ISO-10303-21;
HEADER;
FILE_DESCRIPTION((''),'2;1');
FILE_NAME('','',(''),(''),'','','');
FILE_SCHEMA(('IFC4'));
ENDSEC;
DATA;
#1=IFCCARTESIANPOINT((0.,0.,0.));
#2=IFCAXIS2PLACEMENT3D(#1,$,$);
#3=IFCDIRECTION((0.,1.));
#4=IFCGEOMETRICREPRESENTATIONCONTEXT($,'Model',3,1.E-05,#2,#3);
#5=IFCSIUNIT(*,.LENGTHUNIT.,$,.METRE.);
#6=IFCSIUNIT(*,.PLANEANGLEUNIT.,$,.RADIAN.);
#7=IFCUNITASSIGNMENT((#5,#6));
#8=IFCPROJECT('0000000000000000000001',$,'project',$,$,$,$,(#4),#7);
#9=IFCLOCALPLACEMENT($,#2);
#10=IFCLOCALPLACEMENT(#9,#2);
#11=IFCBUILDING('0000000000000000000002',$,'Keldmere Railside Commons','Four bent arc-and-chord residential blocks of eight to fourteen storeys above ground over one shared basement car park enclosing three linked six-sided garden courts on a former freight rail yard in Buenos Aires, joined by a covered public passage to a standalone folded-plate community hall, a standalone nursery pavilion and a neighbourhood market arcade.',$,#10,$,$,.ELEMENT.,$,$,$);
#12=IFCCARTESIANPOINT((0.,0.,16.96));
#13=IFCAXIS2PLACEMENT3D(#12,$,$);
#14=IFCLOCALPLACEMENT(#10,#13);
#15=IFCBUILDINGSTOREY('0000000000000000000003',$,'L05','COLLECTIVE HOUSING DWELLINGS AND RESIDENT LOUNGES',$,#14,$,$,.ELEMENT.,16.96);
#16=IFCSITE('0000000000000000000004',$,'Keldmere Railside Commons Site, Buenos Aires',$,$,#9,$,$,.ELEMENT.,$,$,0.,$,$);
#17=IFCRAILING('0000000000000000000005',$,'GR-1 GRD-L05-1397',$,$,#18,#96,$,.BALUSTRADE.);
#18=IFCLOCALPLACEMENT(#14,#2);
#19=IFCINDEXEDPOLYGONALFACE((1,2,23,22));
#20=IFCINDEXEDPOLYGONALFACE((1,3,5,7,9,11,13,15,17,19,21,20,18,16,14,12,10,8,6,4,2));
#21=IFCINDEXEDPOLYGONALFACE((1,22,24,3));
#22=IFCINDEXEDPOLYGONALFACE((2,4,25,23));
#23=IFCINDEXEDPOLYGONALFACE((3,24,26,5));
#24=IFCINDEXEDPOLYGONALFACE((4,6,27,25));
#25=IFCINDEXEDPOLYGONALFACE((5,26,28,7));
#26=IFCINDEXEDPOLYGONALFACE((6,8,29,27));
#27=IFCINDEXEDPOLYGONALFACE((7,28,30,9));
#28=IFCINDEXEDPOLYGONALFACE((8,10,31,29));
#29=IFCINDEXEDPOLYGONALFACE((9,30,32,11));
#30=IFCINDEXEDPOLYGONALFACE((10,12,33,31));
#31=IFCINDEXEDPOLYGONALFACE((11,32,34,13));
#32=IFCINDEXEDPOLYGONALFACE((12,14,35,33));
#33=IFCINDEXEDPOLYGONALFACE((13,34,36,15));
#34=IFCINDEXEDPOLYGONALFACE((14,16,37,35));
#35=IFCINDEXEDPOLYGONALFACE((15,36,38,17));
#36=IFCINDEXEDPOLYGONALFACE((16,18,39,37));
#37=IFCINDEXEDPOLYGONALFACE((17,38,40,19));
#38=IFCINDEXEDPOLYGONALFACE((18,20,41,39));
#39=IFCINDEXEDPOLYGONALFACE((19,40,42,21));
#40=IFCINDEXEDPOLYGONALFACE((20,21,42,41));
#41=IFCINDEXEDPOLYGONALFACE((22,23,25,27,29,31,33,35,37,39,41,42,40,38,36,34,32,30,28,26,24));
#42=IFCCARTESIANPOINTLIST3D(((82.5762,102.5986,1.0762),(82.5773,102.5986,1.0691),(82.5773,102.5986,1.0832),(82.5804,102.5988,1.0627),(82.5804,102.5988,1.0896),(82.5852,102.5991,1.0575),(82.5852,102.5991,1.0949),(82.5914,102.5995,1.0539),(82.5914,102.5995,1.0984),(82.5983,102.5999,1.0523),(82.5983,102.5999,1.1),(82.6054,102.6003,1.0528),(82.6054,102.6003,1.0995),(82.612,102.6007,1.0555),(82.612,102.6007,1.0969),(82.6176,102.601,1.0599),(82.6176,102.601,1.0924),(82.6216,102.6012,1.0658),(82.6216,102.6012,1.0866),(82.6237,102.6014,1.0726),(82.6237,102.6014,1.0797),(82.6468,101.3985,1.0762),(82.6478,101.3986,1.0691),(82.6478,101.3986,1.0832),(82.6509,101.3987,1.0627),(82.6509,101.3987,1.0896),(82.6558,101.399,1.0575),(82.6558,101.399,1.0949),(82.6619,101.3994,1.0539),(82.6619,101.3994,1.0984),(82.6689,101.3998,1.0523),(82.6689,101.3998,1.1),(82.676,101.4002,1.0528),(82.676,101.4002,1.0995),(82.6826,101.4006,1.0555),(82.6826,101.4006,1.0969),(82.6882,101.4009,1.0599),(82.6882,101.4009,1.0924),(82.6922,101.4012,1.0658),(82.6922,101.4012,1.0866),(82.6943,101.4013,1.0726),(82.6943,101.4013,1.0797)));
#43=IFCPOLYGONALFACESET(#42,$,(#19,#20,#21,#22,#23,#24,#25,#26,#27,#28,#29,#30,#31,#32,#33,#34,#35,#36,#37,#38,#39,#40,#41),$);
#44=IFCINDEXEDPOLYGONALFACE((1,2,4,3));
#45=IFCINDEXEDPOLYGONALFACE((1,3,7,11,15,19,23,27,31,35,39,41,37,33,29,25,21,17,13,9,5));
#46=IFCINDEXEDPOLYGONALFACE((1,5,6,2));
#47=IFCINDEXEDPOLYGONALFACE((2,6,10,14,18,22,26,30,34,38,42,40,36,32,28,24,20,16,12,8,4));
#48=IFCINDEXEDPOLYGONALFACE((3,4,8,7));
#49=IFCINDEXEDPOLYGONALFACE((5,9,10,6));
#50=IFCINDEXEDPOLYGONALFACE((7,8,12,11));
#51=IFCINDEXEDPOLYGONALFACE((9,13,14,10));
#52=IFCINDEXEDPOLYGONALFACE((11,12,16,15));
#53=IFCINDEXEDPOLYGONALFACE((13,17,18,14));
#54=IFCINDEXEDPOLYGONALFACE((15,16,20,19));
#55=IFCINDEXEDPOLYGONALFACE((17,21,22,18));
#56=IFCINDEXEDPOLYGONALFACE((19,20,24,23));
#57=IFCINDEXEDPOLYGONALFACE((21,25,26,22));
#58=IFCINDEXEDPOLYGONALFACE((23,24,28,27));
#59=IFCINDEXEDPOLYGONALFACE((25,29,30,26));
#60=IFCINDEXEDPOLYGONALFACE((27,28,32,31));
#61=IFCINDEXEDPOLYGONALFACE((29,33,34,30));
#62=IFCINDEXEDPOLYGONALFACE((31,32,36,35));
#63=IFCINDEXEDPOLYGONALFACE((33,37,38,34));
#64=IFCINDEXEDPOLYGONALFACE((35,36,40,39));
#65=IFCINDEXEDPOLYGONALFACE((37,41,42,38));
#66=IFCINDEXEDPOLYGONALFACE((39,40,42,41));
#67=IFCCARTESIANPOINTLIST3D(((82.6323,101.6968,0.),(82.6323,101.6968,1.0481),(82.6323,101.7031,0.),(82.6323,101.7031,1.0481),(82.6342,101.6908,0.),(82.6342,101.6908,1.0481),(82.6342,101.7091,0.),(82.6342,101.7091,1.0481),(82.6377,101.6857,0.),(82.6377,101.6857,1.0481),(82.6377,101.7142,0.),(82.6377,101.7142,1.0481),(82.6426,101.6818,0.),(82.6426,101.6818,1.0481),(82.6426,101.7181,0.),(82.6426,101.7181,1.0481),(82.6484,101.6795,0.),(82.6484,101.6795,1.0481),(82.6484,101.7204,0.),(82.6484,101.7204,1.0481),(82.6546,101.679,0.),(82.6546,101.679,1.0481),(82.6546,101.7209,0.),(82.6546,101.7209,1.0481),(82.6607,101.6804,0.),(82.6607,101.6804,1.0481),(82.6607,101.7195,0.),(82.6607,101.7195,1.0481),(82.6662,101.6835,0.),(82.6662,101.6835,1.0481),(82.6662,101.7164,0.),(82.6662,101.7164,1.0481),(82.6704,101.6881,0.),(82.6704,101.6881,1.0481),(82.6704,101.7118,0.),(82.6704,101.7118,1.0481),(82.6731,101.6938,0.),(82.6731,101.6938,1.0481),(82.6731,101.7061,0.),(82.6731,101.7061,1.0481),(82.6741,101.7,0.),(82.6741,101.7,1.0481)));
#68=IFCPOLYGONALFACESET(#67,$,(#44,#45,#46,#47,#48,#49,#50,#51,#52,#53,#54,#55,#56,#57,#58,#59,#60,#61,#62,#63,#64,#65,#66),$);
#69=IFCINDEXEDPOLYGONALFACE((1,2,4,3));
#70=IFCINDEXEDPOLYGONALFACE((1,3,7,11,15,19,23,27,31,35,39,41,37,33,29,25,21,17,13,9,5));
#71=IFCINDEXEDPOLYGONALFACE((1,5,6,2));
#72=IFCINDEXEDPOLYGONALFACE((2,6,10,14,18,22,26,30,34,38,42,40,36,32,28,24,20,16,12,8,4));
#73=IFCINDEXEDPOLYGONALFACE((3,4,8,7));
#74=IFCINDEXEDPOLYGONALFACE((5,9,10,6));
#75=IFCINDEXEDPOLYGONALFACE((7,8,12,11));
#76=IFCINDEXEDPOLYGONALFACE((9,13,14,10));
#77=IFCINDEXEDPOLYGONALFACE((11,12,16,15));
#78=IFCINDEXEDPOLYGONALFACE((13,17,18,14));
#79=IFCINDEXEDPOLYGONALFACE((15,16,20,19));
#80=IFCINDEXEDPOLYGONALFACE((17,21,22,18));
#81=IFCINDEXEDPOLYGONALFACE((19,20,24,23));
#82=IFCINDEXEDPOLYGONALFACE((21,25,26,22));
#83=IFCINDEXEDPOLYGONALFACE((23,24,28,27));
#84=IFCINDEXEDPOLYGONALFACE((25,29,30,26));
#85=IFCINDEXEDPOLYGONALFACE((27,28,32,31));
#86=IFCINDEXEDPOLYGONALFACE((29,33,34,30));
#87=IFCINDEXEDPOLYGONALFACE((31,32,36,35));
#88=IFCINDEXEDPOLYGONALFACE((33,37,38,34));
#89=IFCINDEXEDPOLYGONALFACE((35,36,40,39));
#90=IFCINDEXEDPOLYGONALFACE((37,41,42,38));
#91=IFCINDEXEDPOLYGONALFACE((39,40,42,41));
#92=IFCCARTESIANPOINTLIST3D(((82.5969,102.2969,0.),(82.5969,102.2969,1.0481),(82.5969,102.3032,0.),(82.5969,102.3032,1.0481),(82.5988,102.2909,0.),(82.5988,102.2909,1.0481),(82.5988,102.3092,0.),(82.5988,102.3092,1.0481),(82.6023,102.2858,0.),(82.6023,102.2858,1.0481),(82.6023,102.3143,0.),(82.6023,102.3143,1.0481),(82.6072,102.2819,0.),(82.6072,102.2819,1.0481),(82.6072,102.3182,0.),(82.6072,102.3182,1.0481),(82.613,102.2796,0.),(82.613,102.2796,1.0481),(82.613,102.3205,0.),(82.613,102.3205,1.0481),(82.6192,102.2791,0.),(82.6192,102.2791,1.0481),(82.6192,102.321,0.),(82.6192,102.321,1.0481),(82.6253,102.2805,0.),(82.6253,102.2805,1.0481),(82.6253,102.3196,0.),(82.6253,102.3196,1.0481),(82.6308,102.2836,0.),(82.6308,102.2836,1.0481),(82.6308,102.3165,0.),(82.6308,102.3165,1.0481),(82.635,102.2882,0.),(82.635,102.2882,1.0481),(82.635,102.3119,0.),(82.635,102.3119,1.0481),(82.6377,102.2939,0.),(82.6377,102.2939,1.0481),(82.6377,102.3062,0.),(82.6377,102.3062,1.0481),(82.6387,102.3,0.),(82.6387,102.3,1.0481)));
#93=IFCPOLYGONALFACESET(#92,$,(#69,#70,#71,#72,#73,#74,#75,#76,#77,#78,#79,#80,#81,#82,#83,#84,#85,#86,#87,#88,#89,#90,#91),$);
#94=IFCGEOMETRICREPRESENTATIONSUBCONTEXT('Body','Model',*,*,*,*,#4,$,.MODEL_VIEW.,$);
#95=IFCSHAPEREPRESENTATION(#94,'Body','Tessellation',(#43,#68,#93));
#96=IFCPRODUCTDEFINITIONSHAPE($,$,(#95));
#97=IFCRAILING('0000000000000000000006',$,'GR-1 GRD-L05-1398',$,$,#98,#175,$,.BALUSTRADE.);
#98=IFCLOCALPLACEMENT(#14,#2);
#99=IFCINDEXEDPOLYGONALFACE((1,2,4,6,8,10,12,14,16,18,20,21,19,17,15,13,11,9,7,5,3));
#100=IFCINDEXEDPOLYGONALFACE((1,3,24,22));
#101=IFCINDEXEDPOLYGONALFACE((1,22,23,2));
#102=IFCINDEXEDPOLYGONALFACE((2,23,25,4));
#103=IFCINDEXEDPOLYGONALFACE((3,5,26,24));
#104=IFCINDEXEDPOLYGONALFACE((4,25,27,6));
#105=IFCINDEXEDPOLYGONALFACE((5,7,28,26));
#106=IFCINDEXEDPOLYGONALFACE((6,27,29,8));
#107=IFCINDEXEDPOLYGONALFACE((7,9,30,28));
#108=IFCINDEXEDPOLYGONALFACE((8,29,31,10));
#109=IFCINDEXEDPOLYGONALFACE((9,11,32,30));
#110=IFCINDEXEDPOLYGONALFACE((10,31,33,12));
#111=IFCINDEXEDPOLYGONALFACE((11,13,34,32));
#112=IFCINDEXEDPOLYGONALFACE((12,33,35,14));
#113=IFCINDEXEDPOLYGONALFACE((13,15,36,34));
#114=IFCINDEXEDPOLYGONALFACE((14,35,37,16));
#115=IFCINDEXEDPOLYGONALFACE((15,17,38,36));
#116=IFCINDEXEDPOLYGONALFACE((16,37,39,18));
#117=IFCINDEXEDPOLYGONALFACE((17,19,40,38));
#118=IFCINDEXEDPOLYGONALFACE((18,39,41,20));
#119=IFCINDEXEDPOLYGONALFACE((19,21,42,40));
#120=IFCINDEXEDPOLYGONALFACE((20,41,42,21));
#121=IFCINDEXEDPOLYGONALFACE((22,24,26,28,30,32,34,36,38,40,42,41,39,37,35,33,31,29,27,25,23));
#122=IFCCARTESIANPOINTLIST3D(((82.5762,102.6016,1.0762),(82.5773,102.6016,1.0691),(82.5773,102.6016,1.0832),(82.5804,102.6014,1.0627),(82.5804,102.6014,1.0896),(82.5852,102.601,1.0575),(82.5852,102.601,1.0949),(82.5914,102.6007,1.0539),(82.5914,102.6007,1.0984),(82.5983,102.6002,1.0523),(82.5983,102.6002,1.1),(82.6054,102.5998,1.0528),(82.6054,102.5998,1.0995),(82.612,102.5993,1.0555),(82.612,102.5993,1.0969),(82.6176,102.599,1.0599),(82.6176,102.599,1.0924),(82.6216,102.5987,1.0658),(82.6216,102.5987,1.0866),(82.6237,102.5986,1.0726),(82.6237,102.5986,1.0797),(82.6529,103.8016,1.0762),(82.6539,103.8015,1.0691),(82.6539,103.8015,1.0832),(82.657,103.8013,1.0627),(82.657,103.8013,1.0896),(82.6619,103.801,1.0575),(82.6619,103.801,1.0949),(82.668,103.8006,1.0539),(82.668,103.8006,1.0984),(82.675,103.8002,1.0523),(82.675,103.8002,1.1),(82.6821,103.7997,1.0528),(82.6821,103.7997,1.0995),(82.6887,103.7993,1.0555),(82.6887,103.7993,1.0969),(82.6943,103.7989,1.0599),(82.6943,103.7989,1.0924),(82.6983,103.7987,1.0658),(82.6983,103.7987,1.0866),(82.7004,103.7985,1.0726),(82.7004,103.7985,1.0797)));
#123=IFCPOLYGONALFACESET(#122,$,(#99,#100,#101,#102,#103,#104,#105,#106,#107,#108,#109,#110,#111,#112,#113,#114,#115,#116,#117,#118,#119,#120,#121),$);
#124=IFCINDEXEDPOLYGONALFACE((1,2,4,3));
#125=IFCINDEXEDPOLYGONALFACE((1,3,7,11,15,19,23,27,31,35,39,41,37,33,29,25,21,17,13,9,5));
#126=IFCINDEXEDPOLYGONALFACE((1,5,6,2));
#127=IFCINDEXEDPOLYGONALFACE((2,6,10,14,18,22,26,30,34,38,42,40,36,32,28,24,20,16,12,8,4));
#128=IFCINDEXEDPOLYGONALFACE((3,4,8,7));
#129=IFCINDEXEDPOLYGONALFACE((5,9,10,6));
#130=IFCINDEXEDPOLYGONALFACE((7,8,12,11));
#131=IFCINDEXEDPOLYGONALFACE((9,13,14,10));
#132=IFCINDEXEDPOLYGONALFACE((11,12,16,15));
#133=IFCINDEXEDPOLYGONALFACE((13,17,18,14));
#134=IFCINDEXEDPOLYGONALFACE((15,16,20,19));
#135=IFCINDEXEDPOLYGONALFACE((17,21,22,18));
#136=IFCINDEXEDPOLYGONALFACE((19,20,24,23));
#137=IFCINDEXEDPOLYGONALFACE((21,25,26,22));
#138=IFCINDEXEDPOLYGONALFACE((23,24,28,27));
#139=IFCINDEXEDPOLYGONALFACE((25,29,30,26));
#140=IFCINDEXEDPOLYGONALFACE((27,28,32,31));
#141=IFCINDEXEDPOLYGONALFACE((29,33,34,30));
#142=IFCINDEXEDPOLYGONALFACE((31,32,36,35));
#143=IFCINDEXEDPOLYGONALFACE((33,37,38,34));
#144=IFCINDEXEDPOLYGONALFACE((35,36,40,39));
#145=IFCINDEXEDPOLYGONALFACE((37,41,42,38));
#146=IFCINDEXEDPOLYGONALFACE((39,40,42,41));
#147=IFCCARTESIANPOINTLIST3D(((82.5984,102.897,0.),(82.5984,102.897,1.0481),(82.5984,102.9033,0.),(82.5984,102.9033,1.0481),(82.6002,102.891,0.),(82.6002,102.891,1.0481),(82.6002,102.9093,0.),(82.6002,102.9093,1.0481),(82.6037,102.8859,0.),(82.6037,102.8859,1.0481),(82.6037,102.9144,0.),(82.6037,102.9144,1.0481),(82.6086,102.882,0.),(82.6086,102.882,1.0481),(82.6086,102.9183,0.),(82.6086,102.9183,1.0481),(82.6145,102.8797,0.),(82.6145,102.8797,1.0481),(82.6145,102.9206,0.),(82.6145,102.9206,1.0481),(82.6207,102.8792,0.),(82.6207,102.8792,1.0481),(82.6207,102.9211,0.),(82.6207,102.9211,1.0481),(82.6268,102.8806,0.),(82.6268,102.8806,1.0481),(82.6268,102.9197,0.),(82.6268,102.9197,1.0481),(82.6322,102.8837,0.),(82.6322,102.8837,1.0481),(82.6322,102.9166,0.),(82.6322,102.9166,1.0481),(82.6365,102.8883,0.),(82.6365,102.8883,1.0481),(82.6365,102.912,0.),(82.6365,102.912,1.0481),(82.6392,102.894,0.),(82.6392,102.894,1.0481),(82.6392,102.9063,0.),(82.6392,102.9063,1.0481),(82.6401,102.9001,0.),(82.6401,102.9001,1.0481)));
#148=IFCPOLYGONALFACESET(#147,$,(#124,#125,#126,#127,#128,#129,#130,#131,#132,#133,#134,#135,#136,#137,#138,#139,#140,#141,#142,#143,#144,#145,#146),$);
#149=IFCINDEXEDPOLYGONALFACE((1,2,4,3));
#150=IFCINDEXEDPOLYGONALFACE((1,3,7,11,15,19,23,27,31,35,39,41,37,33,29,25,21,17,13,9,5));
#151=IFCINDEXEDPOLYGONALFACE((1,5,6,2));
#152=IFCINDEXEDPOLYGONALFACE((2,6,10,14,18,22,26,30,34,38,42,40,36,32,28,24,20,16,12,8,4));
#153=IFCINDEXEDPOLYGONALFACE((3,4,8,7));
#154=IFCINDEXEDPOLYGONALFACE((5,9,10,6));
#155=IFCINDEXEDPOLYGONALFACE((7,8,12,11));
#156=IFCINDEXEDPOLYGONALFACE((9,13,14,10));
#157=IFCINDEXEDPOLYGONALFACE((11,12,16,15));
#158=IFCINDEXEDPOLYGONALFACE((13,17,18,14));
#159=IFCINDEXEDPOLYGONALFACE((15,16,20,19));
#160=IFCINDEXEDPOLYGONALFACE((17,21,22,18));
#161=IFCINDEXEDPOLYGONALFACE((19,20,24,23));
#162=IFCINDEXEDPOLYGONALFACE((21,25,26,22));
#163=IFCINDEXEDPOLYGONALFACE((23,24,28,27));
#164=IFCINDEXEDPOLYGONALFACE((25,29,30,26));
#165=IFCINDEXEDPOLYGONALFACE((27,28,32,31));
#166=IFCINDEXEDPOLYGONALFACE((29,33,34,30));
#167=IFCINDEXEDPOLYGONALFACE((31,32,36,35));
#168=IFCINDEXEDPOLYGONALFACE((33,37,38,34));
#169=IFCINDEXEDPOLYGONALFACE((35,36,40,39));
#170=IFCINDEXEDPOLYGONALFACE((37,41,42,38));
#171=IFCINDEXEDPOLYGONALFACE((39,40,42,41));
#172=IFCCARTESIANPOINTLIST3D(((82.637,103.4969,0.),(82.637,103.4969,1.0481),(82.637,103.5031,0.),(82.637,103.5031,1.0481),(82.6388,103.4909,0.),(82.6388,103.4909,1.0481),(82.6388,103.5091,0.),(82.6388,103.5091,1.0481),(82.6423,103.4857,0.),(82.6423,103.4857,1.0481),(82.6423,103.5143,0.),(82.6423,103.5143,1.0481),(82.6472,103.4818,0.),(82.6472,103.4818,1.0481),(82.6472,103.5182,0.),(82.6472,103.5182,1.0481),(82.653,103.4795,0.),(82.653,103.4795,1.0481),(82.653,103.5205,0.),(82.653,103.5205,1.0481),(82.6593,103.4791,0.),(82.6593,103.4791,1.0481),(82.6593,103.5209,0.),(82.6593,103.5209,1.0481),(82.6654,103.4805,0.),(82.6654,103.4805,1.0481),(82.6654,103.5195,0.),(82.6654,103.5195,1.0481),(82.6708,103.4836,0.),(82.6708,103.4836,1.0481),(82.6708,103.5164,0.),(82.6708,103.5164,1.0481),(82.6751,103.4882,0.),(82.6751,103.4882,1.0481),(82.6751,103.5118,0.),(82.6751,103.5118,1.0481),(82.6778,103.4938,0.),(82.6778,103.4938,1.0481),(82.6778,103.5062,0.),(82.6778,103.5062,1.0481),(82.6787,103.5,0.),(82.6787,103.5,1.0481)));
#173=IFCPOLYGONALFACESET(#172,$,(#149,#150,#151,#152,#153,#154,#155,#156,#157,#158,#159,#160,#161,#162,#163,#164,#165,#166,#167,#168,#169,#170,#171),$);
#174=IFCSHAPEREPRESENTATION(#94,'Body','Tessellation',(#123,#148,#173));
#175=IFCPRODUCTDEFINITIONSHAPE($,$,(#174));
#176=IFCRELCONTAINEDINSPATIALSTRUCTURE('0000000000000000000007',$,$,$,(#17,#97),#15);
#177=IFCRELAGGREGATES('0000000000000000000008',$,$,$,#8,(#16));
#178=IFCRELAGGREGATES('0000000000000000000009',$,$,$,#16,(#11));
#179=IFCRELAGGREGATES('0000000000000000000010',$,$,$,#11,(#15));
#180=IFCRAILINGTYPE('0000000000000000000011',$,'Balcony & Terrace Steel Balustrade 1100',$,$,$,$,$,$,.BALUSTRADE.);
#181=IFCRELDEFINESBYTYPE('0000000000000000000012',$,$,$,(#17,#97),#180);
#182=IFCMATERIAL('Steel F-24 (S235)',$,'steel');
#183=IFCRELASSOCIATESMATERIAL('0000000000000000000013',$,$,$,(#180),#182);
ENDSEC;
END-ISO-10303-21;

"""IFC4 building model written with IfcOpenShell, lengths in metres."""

from ifc_helpers import new_model, si_unit, direction, frame, origin, origin_2d, place, context, subcontext, project, spatial, circle, extrude, material, type_object, element, save


model = new_model("IFC4")

# Units and contexts
model_context = context("Model", 3, precision=1e-05, world=origin(), true_north=direction((0.0, 1.0)))
body_context = subcontext(model_context, "Body", "Model", "MODEL_VIEW")
ifc_project = project(units=[si_unit("LENGTHUNIT", "METRE"), si_unit("PLANEANGLEUNIT", "RADIAN")], contexts=[model_context])

# Site, building, storey
site_placement = place(None, origin())
site = spatial("IfcSite", under=ifc_project, at=site_placement, Name="Keldmere Railside Commons Site, Buenos Aires", CompositionType="ELEMENT", RefElevation=0.0)
building_placement = place(site_placement, origin())
building = spatial("IfcBuilding", under=site, at=building_placement, Name="Keldmere Railside Commons", Description="Four bent arc-and-chord residential blocks of eight to fourteen storeys above ground over one shared basement car park enclosing three linked six-sided garden courts on a former freight rail yard in Buenos Aires, joined by a covered public passage to a standalone folded-plate community hall, a standalone nursery pavilion and a neighbourhood market arcade.", CompositionType="ELEMENT")
storey_placement = place(building_placement, frame((0.0, 0.0, 16.96)))
storey = spatial("IfcBuildingStorey", under=building, at=storey_placement, Name="L05", Description="COLLECTIVE HOUSING DWELLINGS AND RESIDENT LOUNGES", CompositionType="ELEMENT", Elevation=16.96)

# Railings
ifc_material_1 = material(Name="Steel F-24 (S235)", Category="steel")
railing_type_1 = type_object("IfcRailingType", Name="Balcony & Terrace Steel Balustrade 1100", PredefinedType="BALUSTRADE", material=ifc_material_1)
railing_1_placement = place(storey_placement, frame((82.6707, 101.3999, 0.0)))
element("IfcRailing", 1, at=railing_1_placement, inside=storey, type_object=railing_type_1, Name="GR-1 GRD-L05-1397", PredefinedType="BALUSTRADE", context=body_context, shape_type="SweptSolid", body=[
    extrude(circle(Radius=0.0239, at=origin_2d()), frame((0.0, 0.0, 1.0762), z_axis=(-0.058686, 0.998276, 0.0), x_axis=(-0.998276, -0.058686, 0.0)), (0.0, 0.0, 1.0), 1.2021),
    extrude(circle(Radius=0.021, at=origin_2d()), frame((-0.0176, 0.3, 0.0)), (0.0, 0.0, 1.0), 1.0481),
    extrude(circle(Radius=0.021, at=origin_2d()), frame((-0.053, 0.9001, 0.0)), (0.0, 0.0, 1.0), 1.0481),
])
railing_2_placement = place(storey_placement, frame((82.6001, 102.6001, 0.0)))
element("IfcRailing", 2, at=railing_2_placement, inside=storey, type_object=railing_type_1, Name="GR-1 GRD-L05-1398", PredefinedType="BALUSTRADE", context=body_context, shape_type="SweptSolid", body=[
    extrude(circle(Radius=0.0239, at=origin_2d()), frame((0.0, 0.0, 1.0762), z_axis=(0.063756, 0.997966, 0.0), x_axis=(-0.997966, 0.063756, 0.0)), (0.0, 0.0, 1.0), 1.2024),
    extrude(circle(Radius=0.021, at=origin_2d()), frame((0.019, 0.3, 0.0)), (0.0, 0.0, 1.0), 1.0481),
    extrude(circle(Radius=0.021, at=origin_2d()), frame((0.0576, 0.8999, 0.0)), (0.0, 0.0, 1.0), 1.0481),
])

save(model, "model.ifc")
